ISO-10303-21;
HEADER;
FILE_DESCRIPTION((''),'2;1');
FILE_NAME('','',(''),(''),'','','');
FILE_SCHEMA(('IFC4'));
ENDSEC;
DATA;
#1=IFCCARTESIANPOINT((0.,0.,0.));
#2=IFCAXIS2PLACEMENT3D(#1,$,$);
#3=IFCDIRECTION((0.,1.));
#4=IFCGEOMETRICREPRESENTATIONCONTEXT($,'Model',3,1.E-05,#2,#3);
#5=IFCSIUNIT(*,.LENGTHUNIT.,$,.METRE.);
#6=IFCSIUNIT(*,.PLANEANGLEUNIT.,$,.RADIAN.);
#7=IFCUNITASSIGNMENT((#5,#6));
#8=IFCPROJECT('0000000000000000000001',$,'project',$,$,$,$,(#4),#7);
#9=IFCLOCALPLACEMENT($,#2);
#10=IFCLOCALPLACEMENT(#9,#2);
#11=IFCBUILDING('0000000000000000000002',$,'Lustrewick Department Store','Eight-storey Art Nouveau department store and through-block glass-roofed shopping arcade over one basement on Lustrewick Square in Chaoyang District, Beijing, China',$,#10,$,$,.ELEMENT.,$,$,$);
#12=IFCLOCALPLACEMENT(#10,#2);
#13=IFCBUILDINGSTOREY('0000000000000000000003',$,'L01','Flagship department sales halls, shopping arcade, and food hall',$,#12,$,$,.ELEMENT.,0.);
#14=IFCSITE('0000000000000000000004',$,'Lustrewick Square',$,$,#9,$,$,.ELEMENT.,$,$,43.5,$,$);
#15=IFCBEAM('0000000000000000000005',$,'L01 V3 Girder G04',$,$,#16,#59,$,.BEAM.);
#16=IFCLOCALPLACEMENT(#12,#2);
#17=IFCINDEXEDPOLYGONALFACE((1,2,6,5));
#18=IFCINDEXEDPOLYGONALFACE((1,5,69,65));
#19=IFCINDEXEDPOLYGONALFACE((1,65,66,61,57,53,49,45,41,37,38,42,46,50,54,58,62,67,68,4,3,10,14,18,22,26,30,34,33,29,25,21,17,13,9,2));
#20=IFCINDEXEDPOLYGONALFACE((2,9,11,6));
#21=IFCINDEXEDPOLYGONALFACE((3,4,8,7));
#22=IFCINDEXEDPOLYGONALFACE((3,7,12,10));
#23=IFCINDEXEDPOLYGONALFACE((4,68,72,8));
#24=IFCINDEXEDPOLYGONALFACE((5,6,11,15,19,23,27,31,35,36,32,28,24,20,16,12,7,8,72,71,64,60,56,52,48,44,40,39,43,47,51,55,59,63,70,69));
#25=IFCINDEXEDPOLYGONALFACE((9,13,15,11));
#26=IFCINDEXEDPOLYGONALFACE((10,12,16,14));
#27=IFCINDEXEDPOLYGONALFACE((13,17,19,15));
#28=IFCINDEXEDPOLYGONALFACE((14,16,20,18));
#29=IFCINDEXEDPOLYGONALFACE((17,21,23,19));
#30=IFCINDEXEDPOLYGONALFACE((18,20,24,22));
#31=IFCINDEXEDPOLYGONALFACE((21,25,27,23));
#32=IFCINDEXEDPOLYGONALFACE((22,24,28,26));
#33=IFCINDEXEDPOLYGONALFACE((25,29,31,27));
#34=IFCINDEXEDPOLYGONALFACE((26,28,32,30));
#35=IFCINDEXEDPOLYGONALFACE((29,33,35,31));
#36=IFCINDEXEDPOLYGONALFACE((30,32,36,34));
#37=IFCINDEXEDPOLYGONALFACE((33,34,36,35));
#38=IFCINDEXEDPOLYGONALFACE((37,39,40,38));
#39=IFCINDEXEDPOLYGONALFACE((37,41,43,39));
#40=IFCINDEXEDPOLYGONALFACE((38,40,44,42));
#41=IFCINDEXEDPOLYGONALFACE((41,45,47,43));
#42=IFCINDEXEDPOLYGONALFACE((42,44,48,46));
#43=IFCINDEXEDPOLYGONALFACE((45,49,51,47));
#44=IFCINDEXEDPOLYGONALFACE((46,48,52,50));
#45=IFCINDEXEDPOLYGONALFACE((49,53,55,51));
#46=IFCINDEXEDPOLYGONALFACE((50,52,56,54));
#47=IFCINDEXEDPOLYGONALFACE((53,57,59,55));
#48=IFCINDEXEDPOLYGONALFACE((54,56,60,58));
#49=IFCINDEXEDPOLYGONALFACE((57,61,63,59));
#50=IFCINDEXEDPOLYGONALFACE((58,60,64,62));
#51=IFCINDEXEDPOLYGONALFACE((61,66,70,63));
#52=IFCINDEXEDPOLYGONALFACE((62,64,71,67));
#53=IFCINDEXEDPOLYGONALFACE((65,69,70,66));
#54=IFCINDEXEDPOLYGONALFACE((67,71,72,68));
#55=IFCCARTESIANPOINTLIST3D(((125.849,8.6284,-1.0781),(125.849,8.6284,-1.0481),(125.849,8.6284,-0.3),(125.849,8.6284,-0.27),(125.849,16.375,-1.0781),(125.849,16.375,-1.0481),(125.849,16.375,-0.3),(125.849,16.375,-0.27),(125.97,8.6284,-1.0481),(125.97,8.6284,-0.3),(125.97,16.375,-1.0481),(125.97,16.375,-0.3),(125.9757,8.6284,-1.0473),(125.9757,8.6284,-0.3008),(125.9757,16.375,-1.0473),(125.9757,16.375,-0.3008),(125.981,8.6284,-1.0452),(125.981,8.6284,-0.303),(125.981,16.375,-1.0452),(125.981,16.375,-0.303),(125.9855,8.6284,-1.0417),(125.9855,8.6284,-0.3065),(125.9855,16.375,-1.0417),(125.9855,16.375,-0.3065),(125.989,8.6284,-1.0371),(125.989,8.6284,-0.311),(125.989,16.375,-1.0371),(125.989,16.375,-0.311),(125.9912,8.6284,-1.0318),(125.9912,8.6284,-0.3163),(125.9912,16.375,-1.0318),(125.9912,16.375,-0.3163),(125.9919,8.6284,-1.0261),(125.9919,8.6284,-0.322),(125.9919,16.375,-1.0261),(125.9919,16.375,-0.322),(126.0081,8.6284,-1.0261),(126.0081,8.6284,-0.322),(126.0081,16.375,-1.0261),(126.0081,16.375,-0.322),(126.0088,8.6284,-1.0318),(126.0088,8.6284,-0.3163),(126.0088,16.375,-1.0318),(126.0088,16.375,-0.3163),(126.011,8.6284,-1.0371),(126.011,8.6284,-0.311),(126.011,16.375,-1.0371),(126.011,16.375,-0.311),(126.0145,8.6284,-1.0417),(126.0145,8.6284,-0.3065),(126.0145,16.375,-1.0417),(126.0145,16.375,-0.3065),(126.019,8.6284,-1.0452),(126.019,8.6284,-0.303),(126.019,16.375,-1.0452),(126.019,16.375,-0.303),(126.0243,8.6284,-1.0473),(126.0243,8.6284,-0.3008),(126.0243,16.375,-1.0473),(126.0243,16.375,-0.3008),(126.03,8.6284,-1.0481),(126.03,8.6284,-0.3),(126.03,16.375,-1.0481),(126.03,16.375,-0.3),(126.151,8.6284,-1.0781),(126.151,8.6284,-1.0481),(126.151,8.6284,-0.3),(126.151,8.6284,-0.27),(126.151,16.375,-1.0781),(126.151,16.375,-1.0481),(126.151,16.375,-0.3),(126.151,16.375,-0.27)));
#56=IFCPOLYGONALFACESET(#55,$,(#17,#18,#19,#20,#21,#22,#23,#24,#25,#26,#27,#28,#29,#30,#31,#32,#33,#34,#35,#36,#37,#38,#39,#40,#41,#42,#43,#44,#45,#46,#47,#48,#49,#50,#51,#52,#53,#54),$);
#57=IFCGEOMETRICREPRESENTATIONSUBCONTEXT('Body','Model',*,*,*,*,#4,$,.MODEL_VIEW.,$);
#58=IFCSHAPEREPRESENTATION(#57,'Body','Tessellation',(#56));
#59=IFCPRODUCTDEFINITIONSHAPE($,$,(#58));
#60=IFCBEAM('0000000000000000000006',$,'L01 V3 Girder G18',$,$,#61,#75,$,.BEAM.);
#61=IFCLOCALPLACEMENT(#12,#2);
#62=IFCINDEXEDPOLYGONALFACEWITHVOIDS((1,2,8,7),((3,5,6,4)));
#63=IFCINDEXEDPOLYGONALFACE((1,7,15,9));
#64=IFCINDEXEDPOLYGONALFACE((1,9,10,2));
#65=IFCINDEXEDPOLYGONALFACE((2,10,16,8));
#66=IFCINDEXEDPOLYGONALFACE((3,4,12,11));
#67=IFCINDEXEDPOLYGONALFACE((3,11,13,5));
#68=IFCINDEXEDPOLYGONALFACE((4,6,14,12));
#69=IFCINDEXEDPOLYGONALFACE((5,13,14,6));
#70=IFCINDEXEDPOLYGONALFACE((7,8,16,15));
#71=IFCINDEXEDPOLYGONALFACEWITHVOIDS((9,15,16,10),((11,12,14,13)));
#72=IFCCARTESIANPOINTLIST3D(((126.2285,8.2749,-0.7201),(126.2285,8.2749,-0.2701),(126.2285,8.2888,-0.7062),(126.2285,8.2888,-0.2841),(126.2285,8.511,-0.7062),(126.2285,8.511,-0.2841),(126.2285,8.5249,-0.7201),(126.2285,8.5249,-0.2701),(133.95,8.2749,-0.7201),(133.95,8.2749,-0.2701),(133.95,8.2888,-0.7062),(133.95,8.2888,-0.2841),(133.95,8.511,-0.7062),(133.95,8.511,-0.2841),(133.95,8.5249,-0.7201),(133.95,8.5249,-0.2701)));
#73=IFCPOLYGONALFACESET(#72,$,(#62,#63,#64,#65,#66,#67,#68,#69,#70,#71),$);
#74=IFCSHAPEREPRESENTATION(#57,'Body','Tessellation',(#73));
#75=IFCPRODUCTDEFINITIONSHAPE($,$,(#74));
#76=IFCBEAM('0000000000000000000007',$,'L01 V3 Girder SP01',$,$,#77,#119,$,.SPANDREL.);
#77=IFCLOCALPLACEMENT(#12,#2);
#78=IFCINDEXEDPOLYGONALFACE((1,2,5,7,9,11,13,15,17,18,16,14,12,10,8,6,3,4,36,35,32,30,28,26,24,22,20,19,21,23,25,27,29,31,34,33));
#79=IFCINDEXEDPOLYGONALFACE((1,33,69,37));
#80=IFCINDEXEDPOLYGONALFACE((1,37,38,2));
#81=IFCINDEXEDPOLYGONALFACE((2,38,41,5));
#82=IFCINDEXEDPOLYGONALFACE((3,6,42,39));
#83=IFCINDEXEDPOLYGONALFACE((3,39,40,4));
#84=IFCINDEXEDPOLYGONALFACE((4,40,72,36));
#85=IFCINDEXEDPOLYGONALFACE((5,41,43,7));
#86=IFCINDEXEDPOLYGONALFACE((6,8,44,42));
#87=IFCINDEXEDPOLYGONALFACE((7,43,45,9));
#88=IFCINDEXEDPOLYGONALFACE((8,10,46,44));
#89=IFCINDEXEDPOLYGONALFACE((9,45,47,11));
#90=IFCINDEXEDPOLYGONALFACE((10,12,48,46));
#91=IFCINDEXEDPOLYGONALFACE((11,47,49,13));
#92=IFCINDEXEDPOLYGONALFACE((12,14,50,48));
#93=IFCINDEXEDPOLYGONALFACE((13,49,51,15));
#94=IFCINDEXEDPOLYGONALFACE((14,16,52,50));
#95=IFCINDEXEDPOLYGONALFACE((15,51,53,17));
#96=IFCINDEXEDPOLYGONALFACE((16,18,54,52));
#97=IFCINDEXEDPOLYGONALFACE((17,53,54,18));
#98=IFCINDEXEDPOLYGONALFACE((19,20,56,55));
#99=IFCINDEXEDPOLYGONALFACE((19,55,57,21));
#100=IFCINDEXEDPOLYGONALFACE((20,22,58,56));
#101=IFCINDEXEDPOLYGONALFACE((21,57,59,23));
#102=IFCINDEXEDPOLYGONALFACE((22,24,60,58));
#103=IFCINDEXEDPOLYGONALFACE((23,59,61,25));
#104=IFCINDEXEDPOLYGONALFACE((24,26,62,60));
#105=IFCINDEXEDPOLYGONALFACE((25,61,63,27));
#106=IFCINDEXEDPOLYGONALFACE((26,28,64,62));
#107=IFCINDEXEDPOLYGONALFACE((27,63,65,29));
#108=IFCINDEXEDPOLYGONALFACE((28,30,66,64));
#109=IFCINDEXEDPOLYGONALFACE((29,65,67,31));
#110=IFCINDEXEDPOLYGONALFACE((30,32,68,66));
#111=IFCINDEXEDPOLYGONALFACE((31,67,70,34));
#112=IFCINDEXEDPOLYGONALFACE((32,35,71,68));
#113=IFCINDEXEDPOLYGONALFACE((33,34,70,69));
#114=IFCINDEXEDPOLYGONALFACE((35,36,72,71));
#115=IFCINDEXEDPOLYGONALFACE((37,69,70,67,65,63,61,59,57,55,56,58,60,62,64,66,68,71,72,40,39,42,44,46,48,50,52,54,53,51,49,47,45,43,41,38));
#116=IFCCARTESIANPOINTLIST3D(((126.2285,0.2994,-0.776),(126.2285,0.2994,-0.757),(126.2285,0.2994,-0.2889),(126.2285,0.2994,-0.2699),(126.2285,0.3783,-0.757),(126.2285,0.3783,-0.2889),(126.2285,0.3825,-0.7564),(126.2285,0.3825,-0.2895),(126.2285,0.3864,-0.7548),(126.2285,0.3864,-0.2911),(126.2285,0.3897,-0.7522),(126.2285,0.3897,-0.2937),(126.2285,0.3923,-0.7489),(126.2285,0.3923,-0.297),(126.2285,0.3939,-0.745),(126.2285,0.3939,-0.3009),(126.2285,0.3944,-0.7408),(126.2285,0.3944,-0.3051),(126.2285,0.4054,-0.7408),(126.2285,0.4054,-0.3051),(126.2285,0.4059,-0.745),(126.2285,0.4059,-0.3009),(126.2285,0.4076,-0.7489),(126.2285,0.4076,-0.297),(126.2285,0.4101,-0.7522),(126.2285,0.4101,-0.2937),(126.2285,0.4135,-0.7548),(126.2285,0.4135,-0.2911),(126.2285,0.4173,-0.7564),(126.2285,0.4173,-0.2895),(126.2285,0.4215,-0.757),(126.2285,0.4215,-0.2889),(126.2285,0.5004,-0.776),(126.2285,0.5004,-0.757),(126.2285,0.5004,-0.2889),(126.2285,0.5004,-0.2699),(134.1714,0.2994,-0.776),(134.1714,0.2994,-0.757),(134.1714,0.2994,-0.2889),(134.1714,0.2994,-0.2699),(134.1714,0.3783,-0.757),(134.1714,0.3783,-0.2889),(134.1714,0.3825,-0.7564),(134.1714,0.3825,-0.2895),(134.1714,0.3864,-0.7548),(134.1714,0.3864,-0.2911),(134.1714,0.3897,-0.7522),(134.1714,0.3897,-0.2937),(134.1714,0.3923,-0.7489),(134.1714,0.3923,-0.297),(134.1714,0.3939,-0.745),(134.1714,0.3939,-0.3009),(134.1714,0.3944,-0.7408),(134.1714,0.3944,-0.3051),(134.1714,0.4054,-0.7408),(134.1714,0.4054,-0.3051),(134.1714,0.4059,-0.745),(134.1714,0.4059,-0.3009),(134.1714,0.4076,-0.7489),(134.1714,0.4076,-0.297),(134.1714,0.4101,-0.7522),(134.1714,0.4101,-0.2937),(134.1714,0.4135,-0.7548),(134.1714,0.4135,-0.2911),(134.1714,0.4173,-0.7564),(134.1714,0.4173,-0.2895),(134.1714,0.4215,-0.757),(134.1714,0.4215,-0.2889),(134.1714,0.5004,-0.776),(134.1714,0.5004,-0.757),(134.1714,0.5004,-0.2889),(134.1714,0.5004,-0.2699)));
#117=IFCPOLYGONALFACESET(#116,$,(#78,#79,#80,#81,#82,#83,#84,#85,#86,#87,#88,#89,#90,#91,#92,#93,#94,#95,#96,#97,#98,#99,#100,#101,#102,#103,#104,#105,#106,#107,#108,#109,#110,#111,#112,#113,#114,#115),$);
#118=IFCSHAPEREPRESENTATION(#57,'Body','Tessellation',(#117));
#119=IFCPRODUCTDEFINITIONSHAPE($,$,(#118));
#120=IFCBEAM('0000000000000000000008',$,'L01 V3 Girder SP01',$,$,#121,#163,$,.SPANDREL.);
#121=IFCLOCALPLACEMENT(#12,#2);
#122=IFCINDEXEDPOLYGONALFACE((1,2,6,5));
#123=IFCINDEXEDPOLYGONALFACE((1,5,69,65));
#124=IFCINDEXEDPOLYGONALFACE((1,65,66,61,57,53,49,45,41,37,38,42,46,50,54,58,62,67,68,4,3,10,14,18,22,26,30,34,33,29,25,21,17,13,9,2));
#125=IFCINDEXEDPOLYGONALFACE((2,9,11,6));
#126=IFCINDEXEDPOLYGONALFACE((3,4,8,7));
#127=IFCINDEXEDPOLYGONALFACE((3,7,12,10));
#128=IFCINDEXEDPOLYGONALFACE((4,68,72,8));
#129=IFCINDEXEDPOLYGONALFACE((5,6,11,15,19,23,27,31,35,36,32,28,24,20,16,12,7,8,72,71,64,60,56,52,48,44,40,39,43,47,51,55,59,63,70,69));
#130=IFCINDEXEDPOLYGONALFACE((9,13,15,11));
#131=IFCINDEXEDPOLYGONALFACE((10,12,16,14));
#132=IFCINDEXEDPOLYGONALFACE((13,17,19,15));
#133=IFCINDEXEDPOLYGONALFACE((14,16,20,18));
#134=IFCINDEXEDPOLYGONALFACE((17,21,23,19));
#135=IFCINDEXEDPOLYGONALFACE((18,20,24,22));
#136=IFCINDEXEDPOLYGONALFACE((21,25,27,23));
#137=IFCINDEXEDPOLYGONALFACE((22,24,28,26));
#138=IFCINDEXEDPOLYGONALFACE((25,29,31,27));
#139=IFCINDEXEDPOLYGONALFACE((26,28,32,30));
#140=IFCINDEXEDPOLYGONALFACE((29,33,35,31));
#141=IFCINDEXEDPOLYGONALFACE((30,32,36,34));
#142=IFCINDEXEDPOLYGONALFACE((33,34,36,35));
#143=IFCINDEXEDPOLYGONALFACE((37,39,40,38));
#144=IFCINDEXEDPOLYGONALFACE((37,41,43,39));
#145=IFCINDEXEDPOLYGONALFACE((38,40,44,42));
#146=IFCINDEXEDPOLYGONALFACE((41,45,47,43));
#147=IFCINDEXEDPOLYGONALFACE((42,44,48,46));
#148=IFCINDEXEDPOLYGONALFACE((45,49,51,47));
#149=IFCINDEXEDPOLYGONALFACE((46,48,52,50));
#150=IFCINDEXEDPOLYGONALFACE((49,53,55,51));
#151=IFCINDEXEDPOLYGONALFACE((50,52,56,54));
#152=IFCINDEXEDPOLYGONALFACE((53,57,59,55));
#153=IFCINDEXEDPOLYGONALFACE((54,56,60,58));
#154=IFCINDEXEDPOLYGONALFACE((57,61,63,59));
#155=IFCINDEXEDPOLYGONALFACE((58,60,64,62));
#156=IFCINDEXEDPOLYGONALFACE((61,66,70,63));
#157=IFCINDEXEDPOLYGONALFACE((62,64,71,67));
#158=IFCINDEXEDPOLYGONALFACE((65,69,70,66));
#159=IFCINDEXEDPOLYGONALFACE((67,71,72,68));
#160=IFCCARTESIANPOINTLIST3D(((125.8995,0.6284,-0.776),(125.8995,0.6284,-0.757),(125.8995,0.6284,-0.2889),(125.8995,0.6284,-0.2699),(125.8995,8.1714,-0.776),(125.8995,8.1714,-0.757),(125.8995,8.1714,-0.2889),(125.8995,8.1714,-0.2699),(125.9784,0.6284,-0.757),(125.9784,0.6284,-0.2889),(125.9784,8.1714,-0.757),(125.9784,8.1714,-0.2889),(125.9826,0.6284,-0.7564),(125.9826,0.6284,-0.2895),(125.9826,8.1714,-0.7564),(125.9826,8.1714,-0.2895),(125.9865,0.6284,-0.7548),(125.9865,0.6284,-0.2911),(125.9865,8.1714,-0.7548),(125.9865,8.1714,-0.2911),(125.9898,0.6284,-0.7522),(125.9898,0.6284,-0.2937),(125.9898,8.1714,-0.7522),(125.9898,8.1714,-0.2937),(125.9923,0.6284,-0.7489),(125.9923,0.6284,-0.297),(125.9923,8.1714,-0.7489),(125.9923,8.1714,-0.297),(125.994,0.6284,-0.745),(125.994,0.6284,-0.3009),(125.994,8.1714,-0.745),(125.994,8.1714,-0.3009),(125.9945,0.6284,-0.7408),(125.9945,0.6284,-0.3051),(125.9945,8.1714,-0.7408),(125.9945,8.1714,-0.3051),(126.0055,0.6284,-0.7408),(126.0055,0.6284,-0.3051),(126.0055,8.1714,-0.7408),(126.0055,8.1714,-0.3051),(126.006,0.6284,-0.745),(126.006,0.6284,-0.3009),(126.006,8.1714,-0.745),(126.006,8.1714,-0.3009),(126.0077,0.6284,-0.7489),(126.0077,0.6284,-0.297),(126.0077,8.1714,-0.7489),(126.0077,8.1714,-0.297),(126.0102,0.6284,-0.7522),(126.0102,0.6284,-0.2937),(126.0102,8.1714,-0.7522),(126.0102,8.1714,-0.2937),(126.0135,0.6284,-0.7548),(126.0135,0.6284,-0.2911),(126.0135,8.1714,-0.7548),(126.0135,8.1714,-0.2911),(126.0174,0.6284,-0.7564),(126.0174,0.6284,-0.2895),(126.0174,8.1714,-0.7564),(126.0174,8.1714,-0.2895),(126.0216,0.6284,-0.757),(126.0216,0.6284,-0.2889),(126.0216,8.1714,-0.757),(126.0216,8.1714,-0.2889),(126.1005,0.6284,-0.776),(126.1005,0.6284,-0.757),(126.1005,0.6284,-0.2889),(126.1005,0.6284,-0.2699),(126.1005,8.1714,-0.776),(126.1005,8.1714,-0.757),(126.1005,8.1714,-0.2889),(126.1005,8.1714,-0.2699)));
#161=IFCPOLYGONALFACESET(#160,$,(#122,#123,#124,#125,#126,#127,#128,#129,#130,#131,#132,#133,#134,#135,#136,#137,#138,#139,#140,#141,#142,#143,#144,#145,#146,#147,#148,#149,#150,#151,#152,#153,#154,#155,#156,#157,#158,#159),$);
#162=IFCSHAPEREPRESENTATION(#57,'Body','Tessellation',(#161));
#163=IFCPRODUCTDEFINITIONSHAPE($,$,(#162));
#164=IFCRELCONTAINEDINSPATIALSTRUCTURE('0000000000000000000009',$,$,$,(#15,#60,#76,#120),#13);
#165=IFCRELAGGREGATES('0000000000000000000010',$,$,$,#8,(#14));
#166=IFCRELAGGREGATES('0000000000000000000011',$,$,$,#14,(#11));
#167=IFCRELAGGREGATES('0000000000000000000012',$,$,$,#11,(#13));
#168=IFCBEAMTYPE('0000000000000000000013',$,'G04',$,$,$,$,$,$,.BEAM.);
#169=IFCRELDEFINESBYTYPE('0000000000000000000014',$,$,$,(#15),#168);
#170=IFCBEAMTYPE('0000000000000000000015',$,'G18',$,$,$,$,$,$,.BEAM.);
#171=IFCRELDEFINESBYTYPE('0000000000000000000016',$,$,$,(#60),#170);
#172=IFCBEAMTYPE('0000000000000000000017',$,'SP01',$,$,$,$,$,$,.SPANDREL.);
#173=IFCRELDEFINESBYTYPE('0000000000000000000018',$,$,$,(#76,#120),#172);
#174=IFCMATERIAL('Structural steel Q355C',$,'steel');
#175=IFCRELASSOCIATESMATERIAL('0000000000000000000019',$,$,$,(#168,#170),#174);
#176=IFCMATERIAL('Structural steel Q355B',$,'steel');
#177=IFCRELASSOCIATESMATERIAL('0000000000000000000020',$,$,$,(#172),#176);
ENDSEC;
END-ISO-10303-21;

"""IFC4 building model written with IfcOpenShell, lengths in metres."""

from ifc_helpers import new_model, si_unit, direction, frame, origin, origin_2d, place, context, subcontext, project, spatial, hollow_rectangle, i_section, extrude, material, material_profile, profile_set, type_object, element, save


model = new_model("IFC4")

# Units and contexts
model_context = context("Model", 3, precision=1e-05, world=origin(), true_north=direction((0.0, 1.0)))
body_context = subcontext(model_context, "Body", "Model", "MODEL_VIEW")
ifc_project = project(units=[si_unit("LENGTHUNIT", "METRE"), si_unit("PLANEANGLEUNIT", "RADIAN")], contexts=[model_context])

# Site, building, storey
site_placement = place(None, origin())
site = spatial("IfcSite", under=ifc_project, at=site_placement, Name="Lustrewick Square", CompositionType="ELEMENT", RefElevation=43.5)
building_placement = place(site_placement, origin())
building = spatial("IfcBuilding", under=site, at=building_placement, Name="Lustrewick Department Store", Description="Eight-storey Art Nouveau department store and through-block glass-roofed shopping arcade over one basement on Lustrewick Square in Chaoyang District, Beijing, China", CompositionType="ELEMENT")
storey_placement = place(building_placement, origin())
storey = spatial("IfcBuildingStorey", under=building, at=storey_placement, Name="L01", Description="Flagship department sales halls, shopping arcade, and food hall", CompositionType="ELEMENT", Elevation=0.0)

# Shared definitions
ifc_material_1 = material(Name="Structural steel Q355C", Category="steel")

# Shared definitions
ifc_material_2 = material(Name="Structural steel Q355B", Category="steel")

# Beams
ifc_material_profile_1 = material_profile(ifc_material_1, i_section(OverallWidth=0.302, OverallDepth=0.8081, WebThickness=0.0161, FlangeThickness=0.03, FilletRadius=0.022, at=origin_2d()), Name="HN 808x302x16x30")
ifc_profile_set_1 = profile_set([ifc_material_profile_1], Name="Structural steel Q355C")
beam_type_1 = type_object("IfcBeamType", Name="G04", PredefinedType="BEAM", material=ifc_profile_set_1)
beam_1_placement = place(storey_placement, frame((126.0, 8.6284, -0.6741), z_axis=(0.0, 1.0, 0.0), x_axis=(-1.0, 0.0, 0.0)))
element("IfcBeam", 1, at=beam_1_placement, inside=storey, type_object=beam_type_1, Name="L01 V3 Girder G04", PredefinedType="BEAM", context=body_context, shape_type="SweptSolid", body=[
    extrude(i_section(OverallWidth=0.302, OverallDepth=0.8081, WebThickness=0.0161, FlangeThickness=0.03, FilletRadius=0.022, at=origin_2d()), origin(), (0.0, 0.0, 1.0), 7.7466),
])
ifc_material_profile_2 = material_profile(ifc_material_1, hollow_rectangle(XDim=0.25, YDim=0.45, WallThickness=0.0139, at=origin_2d()), Name="RHS 450x250x14")
ifc_profile_set_2 = profile_set([ifc_material_profile_2], Name="Structural steel Q355C")
beam_type_2 = type_object("IfcBeamType", Name="G18", PredefinedType="BEAM", material=ifc_profile_set_2)
beam_2_placement = place(storey_placement, frame((126.2285, 8.3999, -0.4951), z_axis=(1.0, 0.0, 0.0), x_axis=(0.0, 1.0, 0.0)))
element("IfcBeam", 2, at=beam_2_placement, inside=storey, type_object=beam_type_2, Name="L01 V3 Girder G18", PredefinedType="BEAM", context=body_context, shape_type="SweptSolid", body=[
    extrude(hollow_rectangle(XDim=0.25, YDim=0.45, WallThickness=0.0139, at=origin_2d()), origin(), (0.0, 0.0, 1.0), 7.7214),
])
ifc_material_profile_3 = material_profile(ifc_material_2, i_section(OverallWidth=0.2009, OverallDepth=0.5061, WebThickness=0.011, FlangeThickness=0.019, FilletRadius=0.0161, at=origin_2d()), Name="HN 506x201x11x19")
ifc_profile_set_3 = profile_set([ifc_material_profile_3], Name="Structural steel Q355B")
beam_type_3 = type_object("IfcBeamType", Name="SP01", PredefinedType="SPANDREL", material=ifc_profile_set_3)
beam_3_placement = place(storey_placement, frame((126.2285, 0.3999, -0.5229), z_axis=(1.0, 0.0, 0.0), x_axis=(0.0, 1.0, 0.0)))
element("IfcBeam", 3, at=beam_3_placement, inside=storey, type_object=beam_type_3, Name="L01 V3 Girder SP01", PredefinedType="SPANDREL", context=body_context, shape_type="SweptSolid", body=[
    extrude(i_section(OverallWidth=0.2009, OverallDepth=0.5061, WebThickness=0.011, FlangeThickness=0.019, FilletRadius=0.0161, at=origin_2d()), origin(), (0.0, 0.0, 1.0), 7.9429),
])
beam_4_placement = place(storey_placement, frame((126.0, 0.6284, -0.5229), z_axis=(0.0, 1.0, 0.0), x_axis=(-1.0, 0.0, 0.0)))
element("IfcBeam", 4, at=beam_4_placement, inside=storey, type_object=beam_type_3, Name="L01 V3 Girder SP01", PredefinedType="SPANDREL", context=body_context, shape_type="SweptSolid", body=[
    extrude(i_section(OverallWidth=0.2009, OverallDepth=0.5061, WebThickness=0.011, FlangeThickness=0.019, FilletRadius=0.0161, at=origin_2d()), origin(), (0.0, 0.0, 1.0), 7.543),
])

save(model, "model.ifc")
